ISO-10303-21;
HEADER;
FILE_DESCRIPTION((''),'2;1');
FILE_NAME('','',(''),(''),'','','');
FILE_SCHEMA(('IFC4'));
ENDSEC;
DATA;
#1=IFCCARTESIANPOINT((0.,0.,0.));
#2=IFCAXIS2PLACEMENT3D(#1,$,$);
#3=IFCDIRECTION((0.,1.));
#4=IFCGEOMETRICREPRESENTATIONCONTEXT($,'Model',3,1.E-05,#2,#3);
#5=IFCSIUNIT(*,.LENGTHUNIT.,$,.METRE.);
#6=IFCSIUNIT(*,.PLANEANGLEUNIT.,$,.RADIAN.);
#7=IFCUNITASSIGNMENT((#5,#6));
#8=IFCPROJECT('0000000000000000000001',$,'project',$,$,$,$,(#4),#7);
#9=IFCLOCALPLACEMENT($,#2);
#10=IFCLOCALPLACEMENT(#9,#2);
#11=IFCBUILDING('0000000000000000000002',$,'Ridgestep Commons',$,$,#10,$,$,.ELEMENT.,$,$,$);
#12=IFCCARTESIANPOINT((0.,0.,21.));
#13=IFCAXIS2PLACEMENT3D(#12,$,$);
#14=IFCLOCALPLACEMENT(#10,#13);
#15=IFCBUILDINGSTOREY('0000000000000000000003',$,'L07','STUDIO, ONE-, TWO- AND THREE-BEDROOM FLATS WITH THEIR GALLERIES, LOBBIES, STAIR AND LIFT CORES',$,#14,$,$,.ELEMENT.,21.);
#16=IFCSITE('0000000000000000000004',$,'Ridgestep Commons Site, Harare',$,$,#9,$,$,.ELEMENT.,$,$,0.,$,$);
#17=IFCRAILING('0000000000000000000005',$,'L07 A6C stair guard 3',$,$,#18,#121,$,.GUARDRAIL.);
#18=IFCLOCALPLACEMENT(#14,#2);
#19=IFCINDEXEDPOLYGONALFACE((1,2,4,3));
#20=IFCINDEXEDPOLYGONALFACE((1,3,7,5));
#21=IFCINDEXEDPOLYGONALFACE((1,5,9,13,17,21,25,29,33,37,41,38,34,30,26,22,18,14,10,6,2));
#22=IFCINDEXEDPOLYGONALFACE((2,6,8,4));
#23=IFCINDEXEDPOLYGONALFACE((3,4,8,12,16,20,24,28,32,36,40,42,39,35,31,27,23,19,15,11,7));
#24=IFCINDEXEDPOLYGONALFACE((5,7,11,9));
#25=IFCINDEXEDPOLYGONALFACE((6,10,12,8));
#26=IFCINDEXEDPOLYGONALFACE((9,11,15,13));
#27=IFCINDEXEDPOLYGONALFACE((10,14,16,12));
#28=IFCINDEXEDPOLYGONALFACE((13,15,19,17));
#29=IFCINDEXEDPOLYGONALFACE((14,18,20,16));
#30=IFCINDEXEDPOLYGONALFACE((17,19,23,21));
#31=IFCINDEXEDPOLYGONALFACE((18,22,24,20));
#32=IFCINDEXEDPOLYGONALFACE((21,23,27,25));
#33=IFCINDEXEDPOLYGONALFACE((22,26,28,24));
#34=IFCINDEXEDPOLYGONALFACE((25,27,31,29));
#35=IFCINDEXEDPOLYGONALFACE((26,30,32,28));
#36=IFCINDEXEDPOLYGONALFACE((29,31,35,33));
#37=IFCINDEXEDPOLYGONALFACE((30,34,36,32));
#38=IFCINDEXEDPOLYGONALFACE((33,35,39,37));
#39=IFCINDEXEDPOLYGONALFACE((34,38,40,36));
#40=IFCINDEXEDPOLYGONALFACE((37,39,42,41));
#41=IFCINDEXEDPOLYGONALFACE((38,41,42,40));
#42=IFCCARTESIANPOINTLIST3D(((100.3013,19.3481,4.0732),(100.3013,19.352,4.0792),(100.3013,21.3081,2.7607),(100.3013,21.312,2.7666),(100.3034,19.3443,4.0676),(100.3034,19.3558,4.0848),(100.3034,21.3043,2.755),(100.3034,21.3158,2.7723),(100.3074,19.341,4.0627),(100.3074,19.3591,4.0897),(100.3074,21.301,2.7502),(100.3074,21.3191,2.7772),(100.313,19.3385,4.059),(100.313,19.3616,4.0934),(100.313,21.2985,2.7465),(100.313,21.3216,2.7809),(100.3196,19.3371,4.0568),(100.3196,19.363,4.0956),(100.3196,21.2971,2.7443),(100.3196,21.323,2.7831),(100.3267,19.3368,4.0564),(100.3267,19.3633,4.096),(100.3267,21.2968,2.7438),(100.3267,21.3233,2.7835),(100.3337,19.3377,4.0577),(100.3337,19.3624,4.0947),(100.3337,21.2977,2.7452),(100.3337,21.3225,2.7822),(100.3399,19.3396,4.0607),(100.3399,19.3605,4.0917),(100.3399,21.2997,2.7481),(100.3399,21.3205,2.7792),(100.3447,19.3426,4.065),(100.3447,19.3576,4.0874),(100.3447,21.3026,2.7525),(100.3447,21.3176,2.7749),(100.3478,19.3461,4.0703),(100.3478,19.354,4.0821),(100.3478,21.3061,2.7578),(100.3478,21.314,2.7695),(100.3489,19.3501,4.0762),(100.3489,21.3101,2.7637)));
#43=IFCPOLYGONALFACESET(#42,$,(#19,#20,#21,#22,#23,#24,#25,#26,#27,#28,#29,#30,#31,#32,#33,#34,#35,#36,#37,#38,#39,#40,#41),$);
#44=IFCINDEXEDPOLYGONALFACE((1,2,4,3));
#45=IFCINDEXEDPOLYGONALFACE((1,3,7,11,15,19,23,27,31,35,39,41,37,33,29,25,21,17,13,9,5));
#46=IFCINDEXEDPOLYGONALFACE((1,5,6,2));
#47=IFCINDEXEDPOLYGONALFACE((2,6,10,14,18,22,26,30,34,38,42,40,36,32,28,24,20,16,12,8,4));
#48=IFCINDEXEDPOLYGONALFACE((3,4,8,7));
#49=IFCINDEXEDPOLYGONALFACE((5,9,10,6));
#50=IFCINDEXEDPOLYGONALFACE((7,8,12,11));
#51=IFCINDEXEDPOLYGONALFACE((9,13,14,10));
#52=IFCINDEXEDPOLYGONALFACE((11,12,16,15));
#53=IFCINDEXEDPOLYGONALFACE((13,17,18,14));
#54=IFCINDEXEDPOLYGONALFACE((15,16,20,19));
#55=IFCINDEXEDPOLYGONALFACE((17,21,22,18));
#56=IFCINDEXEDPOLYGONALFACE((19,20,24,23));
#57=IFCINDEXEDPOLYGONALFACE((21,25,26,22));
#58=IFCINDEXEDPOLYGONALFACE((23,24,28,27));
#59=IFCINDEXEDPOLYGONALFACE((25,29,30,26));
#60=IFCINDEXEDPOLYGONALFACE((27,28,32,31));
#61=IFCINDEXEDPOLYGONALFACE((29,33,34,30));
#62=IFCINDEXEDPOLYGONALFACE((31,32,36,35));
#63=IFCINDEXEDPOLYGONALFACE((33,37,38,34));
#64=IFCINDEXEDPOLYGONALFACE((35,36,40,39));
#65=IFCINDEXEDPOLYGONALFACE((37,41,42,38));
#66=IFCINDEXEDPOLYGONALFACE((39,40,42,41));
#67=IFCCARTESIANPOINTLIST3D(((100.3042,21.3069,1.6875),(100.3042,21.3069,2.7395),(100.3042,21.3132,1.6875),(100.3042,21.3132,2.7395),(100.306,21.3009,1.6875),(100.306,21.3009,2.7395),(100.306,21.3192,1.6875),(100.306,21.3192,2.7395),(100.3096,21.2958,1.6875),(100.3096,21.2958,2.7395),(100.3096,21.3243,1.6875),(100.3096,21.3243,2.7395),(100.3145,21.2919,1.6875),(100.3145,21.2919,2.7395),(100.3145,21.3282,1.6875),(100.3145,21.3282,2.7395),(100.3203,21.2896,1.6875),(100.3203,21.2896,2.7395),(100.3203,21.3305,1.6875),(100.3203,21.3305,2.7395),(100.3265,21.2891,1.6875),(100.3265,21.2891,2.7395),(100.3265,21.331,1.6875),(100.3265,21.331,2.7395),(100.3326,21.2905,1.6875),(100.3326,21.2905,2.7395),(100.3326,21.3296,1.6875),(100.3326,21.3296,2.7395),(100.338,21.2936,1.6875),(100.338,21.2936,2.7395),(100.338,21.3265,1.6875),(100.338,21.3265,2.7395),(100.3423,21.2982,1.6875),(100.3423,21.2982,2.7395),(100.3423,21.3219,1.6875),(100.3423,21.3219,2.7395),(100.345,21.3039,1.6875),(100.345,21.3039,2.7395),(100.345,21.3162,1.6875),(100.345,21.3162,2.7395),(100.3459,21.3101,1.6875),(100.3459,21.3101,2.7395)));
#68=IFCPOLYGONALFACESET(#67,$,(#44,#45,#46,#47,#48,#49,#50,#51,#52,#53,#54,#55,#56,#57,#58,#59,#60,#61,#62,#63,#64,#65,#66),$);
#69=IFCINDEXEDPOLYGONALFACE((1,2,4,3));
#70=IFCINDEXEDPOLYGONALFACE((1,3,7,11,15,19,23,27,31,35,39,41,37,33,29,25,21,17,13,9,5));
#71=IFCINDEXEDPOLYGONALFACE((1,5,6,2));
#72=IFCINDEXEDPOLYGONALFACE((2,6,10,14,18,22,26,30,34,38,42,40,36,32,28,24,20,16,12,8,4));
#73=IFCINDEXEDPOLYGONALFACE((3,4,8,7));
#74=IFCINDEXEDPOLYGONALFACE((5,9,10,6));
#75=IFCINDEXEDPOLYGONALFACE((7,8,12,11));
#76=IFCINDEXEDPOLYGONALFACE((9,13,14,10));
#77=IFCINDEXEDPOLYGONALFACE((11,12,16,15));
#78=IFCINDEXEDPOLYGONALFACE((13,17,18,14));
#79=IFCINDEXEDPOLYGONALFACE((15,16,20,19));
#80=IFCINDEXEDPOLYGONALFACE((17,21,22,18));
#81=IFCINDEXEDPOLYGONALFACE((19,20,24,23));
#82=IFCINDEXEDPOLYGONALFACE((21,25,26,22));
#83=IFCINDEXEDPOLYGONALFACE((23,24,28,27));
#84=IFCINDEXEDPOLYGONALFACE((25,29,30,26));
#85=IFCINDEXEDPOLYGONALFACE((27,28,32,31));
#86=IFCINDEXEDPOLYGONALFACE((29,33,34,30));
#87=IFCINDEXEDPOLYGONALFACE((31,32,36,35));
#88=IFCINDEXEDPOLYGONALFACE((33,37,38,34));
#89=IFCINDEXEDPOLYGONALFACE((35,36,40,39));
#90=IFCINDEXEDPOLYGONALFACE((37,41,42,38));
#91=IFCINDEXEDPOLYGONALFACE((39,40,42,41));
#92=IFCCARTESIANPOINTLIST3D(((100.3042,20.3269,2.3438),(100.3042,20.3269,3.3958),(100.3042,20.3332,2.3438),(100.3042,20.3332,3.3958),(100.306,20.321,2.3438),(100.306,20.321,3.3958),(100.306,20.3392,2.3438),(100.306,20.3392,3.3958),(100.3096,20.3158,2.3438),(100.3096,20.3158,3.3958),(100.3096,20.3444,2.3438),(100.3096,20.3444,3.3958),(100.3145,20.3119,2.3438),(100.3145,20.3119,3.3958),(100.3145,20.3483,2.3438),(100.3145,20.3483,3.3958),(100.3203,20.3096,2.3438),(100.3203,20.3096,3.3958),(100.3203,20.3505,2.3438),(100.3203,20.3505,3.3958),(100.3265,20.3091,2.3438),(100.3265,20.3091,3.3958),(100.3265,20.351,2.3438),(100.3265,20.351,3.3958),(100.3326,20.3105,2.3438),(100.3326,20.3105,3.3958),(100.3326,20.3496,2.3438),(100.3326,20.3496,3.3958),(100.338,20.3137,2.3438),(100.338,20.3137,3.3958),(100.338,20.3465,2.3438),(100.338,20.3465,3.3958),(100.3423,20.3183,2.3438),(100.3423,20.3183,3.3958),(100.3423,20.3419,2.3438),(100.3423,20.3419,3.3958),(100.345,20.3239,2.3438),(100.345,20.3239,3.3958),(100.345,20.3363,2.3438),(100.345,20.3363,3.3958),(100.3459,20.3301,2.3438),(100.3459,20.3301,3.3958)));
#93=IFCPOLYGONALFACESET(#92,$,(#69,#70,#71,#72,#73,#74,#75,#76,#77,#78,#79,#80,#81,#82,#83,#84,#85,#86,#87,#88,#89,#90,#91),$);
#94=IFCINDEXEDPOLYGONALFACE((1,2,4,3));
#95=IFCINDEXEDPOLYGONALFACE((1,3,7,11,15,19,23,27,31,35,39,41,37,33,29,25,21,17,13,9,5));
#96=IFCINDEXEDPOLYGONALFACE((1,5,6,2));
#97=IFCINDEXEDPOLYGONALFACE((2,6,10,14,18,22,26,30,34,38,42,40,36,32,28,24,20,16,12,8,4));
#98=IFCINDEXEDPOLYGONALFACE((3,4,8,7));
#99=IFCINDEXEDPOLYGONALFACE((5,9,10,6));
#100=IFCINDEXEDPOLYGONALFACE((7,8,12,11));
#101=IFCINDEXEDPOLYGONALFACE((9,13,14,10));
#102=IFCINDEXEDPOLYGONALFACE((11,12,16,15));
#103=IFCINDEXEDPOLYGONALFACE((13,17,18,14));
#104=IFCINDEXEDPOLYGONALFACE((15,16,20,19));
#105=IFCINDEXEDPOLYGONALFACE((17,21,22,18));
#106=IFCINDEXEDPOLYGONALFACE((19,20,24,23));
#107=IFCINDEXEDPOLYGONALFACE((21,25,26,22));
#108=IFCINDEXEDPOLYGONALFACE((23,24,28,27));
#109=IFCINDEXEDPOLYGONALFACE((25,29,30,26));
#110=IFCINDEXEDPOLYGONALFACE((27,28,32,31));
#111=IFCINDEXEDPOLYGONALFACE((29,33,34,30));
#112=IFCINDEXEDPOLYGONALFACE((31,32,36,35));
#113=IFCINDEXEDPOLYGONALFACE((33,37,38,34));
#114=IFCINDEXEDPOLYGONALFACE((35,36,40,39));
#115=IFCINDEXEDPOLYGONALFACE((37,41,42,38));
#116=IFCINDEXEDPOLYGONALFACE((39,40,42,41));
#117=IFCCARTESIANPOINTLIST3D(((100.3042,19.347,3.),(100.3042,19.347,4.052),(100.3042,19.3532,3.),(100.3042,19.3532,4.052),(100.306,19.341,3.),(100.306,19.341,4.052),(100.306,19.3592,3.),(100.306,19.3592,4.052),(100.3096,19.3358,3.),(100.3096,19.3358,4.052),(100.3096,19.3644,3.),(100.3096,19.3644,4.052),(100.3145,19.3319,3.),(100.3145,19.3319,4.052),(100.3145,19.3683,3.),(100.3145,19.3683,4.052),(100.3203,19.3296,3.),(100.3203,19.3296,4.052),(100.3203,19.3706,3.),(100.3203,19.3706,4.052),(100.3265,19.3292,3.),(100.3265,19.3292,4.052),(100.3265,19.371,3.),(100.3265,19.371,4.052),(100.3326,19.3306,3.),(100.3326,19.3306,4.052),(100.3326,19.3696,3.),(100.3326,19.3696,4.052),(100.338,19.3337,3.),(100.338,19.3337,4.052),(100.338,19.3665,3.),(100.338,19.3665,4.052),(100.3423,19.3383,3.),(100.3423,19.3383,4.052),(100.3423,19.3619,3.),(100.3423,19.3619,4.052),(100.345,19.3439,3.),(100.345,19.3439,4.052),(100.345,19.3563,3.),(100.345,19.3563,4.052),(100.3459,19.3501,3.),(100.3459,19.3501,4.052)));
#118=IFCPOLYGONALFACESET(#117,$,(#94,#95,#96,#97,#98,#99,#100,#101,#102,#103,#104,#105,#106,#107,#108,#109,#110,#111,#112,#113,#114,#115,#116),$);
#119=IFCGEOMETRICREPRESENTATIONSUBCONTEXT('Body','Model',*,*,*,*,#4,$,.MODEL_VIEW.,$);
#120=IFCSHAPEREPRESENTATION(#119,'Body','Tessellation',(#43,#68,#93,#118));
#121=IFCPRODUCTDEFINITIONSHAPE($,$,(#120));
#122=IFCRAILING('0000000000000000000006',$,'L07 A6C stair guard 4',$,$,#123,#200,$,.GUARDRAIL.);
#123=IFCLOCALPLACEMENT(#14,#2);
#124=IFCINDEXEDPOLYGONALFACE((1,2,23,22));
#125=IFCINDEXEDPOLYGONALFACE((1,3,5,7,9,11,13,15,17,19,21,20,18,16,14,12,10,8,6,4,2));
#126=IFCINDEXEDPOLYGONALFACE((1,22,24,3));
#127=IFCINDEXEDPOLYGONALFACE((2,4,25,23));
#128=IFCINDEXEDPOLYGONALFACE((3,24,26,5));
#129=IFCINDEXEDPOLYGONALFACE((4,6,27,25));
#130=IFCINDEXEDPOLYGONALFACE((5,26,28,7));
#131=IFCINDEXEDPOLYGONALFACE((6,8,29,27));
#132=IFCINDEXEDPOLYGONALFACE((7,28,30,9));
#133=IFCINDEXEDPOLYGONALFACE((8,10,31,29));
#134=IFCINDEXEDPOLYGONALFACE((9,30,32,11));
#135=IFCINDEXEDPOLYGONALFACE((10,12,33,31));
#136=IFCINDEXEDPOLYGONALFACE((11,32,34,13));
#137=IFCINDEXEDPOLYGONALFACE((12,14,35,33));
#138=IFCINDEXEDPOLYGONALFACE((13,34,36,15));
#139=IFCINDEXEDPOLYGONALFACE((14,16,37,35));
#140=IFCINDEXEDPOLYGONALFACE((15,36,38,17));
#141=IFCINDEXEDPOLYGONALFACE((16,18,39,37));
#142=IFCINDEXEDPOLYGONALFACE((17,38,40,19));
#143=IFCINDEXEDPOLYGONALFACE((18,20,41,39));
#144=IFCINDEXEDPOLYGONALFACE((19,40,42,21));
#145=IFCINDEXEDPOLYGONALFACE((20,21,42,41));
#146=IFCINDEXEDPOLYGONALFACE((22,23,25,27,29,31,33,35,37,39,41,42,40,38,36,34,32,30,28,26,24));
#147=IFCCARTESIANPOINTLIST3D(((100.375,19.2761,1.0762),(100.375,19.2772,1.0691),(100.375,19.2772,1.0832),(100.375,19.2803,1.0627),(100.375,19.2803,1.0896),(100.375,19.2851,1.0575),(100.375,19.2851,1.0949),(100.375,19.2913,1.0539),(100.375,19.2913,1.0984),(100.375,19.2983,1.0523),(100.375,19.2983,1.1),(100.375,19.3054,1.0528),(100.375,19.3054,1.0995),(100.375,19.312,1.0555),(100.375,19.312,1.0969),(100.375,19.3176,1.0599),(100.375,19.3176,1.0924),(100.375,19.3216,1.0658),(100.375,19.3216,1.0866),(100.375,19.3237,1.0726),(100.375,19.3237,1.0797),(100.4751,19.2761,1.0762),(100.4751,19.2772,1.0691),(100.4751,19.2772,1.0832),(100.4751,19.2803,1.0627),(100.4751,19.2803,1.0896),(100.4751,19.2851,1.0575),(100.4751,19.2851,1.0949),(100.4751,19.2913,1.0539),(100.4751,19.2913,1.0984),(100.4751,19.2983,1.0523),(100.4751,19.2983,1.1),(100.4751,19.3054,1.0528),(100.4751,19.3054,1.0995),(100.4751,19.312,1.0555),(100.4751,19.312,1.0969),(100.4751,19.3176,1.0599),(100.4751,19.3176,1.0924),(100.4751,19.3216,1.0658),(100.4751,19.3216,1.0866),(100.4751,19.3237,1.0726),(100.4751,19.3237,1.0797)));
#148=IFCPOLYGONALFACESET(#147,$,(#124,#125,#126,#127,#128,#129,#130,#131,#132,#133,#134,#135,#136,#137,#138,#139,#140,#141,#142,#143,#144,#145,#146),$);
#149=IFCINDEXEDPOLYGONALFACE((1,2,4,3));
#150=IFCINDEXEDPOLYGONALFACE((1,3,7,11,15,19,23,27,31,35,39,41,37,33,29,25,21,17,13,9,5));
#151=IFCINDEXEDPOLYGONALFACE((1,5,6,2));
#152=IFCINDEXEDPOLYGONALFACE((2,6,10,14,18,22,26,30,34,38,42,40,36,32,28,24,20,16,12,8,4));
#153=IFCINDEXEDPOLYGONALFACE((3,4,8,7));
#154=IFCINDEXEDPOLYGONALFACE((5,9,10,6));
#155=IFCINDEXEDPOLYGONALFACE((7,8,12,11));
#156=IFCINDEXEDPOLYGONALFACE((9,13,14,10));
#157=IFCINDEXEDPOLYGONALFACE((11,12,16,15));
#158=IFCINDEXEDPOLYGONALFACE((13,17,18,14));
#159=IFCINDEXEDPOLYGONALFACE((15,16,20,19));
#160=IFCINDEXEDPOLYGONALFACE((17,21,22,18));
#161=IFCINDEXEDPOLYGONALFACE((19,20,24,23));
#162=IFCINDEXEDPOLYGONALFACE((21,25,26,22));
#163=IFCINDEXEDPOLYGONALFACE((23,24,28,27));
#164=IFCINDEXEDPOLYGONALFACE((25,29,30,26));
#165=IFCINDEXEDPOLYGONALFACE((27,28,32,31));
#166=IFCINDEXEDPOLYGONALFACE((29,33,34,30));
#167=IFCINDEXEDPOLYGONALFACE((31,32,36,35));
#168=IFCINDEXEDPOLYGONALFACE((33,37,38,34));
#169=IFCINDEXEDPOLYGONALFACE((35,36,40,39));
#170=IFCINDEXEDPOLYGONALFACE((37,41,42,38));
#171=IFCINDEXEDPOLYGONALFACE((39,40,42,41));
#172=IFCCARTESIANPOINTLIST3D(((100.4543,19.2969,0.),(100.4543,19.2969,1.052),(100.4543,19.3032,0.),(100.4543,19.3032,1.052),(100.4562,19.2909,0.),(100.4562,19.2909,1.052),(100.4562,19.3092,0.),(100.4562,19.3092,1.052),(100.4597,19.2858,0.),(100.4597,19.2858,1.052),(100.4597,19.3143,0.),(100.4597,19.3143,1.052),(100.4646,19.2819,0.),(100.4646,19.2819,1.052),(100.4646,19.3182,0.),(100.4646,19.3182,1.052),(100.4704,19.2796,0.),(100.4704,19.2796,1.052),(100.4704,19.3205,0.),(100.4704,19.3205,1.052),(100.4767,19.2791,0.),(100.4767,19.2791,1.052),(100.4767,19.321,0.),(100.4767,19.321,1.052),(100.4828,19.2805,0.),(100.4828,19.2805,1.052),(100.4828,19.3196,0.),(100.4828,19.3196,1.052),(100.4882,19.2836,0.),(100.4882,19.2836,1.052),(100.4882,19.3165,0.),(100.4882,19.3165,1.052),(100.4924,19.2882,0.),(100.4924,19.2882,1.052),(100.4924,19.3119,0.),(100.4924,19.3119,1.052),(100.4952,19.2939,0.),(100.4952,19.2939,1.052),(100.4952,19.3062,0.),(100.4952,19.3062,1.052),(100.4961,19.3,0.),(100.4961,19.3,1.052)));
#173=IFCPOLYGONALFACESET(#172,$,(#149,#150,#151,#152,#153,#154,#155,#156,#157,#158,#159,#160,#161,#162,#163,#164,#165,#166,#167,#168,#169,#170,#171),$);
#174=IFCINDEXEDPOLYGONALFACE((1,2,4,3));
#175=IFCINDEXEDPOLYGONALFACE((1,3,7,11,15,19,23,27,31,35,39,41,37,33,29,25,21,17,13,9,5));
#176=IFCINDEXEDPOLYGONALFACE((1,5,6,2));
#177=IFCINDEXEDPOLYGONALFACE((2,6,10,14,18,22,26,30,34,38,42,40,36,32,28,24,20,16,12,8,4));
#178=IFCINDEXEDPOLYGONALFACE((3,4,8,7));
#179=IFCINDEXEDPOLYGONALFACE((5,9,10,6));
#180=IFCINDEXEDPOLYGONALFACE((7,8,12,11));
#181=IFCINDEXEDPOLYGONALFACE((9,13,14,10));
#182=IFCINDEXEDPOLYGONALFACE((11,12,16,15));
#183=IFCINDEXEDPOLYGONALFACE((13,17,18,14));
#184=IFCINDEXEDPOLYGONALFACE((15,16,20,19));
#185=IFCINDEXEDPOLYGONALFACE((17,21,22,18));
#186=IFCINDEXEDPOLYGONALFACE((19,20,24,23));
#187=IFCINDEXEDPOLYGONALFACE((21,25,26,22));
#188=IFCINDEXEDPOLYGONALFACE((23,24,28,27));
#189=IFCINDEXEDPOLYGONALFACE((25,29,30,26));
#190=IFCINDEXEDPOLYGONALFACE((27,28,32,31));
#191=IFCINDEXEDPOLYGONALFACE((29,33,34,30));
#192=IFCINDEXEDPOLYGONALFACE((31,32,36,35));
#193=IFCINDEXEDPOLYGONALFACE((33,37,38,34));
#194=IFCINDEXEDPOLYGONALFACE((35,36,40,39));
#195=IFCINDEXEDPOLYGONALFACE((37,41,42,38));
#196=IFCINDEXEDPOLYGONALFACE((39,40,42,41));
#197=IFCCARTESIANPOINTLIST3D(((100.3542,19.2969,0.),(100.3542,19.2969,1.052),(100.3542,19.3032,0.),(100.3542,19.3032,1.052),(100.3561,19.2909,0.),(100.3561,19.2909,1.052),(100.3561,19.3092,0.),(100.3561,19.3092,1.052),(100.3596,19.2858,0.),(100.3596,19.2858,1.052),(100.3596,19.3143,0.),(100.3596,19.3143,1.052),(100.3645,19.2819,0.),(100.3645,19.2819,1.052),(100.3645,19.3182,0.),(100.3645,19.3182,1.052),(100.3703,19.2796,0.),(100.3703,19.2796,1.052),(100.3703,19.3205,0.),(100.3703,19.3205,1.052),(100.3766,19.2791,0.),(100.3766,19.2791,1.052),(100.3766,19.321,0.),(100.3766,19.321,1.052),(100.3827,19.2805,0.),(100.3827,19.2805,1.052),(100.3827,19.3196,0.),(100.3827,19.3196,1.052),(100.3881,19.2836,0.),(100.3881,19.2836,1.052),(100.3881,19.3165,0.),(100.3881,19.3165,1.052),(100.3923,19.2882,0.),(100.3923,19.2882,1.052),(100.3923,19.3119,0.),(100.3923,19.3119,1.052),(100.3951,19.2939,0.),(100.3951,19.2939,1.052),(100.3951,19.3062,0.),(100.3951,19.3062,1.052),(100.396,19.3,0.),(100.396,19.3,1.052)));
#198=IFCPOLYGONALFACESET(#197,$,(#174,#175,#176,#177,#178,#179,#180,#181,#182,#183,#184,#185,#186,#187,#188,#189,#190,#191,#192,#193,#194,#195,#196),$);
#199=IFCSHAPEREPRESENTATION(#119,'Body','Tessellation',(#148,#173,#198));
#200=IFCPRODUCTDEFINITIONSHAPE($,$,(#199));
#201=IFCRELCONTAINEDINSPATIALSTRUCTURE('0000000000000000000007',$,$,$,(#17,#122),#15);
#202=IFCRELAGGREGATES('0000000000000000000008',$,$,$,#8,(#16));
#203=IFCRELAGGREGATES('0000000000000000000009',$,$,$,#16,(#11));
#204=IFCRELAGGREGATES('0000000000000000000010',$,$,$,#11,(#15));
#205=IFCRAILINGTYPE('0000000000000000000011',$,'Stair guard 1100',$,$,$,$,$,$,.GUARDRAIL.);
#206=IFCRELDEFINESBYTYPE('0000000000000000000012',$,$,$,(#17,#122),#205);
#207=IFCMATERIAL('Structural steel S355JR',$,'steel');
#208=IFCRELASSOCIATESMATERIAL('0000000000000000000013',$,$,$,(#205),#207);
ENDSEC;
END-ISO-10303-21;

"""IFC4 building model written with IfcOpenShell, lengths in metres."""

from ifc_helpers import new_model, si_unit, direction, frame, origin, origin_2d, place, context, subcontext, project, spatial, circle, extrude, material, type_object, element, save


model = new_model("IFC4")

# Units and contexts
model_context = context("Model", 3, precision=1e-05, world=origin(), true_north=direction((0.0, 1.0)))
body_context = subcontext(model_context, "Body", "Model", "MODEL_VIEW")
ifc_project = project(units=[si_unit("LENGTHUNIT", "METRE"), si_unit("PLANEANGLEUNIT", "RADIAN")], contexts=[model_context])

# Site, building, storey
site_placement = place(None, origin())
site = spatial("IfcSite", under=ifc_project, at=site_placement, Name="Ridgestep Commons Site, Harare", CompositionType="ELEMENT", RefElevation=0.0)
building_placement = place(site_placement, origin())
building = spatial("IfcBuilding", under=site, at=building_placement, Name="Ridgestep Commons", CompositionType="ELEMENT")
storey_placement = place(building_placement, frame((0.0, 0.0, 21.0)))
storey = spatial("IfcBuildingStorey", under=building, at=storey_placement, Name="L07", Description="STUDIO, ONE-, TWO- AND THREE-BEDROOM FLATS WITH THEIR GALLERIES, LOBBIES, STAIR AND LIFT CORES", CompositionType="ELEMENT", Elevation=21.0)

# Railings
ifc_material_1 = material(Name="Structural steel S355JR", Category="steel")
railing_type_1 = type_object("IfcRailingType", Name="Stair guard 1100", PredefinedType="GUARDRAIL", material=ifc_material_1)
railing_1_placement = place(storey_placement, frame((100.325, 21.3101, 1.6875)))
element("IfcRailing", 1, at=railing_1_placement, inside=storey, type_object=railing_type_1, Name="L07 A6C stair guard 3", PredefinedType="GUARDRAIL", context=body_context, shape_type="SweptSolid", body=[
    extrude(circle(Radius=0.0239, at=origin_2d()), frame((0.0, 0.0, 1.0762), z_axis=(0.0, -0.830902, 0.556419), x_axis=(1.0, 0.0, 0.0)), (0.0, 0.0, 1.0), 2.3589),
    extrude(circle(Radius=0.021, at=origin_2d()), origin(), (0.0, 0.0, 1.0), 1.052),
    extrude(circle(Radius=0.021, at=origin_2d()), frame((0.0, -0.98, 0.6562)), (0.0, 0.0, 1.0), 1.052),
    extrude(circle(Radius=0.021, at=origin_2d()), frame((0.0, -1.96, 1.3125)), (0.0, 0.0, 1.0), 1.052),
])
railing_2_placement = place(storey_placement, frame((100.4751, 19.3, 0.0)))
element("IfcRailing", 2, at=railing_2_placement, inside=storey, type_object=railing_type_1, Name="L07 A6C stair guard 4", PredefinedType="GUARDRAIL", context=body_context, shape_type="SweptSolid", body=[
    extrude(circle(Radius=0.0239, at=origin_2d()), frame((0.0, 0.0, 1.0762), z_axis=(-1.0, 0.0, 0.0), x_axis=(0.0, -1.0, 0.0)), (0.0, 0.0, 1.0), 0.1001),
    extrude(circle(Radius=0.021, at=origin_2d()), origin(), (0.0, 0.0, 1.0), 1.052),
    extrude(circle(Radius=0.021, at=origin_2d()), frame((-0.1001, 0.0, 0.0)), (0.0, 0.0, 1.0), 1.052),
])

save(model, "model.ifc")
